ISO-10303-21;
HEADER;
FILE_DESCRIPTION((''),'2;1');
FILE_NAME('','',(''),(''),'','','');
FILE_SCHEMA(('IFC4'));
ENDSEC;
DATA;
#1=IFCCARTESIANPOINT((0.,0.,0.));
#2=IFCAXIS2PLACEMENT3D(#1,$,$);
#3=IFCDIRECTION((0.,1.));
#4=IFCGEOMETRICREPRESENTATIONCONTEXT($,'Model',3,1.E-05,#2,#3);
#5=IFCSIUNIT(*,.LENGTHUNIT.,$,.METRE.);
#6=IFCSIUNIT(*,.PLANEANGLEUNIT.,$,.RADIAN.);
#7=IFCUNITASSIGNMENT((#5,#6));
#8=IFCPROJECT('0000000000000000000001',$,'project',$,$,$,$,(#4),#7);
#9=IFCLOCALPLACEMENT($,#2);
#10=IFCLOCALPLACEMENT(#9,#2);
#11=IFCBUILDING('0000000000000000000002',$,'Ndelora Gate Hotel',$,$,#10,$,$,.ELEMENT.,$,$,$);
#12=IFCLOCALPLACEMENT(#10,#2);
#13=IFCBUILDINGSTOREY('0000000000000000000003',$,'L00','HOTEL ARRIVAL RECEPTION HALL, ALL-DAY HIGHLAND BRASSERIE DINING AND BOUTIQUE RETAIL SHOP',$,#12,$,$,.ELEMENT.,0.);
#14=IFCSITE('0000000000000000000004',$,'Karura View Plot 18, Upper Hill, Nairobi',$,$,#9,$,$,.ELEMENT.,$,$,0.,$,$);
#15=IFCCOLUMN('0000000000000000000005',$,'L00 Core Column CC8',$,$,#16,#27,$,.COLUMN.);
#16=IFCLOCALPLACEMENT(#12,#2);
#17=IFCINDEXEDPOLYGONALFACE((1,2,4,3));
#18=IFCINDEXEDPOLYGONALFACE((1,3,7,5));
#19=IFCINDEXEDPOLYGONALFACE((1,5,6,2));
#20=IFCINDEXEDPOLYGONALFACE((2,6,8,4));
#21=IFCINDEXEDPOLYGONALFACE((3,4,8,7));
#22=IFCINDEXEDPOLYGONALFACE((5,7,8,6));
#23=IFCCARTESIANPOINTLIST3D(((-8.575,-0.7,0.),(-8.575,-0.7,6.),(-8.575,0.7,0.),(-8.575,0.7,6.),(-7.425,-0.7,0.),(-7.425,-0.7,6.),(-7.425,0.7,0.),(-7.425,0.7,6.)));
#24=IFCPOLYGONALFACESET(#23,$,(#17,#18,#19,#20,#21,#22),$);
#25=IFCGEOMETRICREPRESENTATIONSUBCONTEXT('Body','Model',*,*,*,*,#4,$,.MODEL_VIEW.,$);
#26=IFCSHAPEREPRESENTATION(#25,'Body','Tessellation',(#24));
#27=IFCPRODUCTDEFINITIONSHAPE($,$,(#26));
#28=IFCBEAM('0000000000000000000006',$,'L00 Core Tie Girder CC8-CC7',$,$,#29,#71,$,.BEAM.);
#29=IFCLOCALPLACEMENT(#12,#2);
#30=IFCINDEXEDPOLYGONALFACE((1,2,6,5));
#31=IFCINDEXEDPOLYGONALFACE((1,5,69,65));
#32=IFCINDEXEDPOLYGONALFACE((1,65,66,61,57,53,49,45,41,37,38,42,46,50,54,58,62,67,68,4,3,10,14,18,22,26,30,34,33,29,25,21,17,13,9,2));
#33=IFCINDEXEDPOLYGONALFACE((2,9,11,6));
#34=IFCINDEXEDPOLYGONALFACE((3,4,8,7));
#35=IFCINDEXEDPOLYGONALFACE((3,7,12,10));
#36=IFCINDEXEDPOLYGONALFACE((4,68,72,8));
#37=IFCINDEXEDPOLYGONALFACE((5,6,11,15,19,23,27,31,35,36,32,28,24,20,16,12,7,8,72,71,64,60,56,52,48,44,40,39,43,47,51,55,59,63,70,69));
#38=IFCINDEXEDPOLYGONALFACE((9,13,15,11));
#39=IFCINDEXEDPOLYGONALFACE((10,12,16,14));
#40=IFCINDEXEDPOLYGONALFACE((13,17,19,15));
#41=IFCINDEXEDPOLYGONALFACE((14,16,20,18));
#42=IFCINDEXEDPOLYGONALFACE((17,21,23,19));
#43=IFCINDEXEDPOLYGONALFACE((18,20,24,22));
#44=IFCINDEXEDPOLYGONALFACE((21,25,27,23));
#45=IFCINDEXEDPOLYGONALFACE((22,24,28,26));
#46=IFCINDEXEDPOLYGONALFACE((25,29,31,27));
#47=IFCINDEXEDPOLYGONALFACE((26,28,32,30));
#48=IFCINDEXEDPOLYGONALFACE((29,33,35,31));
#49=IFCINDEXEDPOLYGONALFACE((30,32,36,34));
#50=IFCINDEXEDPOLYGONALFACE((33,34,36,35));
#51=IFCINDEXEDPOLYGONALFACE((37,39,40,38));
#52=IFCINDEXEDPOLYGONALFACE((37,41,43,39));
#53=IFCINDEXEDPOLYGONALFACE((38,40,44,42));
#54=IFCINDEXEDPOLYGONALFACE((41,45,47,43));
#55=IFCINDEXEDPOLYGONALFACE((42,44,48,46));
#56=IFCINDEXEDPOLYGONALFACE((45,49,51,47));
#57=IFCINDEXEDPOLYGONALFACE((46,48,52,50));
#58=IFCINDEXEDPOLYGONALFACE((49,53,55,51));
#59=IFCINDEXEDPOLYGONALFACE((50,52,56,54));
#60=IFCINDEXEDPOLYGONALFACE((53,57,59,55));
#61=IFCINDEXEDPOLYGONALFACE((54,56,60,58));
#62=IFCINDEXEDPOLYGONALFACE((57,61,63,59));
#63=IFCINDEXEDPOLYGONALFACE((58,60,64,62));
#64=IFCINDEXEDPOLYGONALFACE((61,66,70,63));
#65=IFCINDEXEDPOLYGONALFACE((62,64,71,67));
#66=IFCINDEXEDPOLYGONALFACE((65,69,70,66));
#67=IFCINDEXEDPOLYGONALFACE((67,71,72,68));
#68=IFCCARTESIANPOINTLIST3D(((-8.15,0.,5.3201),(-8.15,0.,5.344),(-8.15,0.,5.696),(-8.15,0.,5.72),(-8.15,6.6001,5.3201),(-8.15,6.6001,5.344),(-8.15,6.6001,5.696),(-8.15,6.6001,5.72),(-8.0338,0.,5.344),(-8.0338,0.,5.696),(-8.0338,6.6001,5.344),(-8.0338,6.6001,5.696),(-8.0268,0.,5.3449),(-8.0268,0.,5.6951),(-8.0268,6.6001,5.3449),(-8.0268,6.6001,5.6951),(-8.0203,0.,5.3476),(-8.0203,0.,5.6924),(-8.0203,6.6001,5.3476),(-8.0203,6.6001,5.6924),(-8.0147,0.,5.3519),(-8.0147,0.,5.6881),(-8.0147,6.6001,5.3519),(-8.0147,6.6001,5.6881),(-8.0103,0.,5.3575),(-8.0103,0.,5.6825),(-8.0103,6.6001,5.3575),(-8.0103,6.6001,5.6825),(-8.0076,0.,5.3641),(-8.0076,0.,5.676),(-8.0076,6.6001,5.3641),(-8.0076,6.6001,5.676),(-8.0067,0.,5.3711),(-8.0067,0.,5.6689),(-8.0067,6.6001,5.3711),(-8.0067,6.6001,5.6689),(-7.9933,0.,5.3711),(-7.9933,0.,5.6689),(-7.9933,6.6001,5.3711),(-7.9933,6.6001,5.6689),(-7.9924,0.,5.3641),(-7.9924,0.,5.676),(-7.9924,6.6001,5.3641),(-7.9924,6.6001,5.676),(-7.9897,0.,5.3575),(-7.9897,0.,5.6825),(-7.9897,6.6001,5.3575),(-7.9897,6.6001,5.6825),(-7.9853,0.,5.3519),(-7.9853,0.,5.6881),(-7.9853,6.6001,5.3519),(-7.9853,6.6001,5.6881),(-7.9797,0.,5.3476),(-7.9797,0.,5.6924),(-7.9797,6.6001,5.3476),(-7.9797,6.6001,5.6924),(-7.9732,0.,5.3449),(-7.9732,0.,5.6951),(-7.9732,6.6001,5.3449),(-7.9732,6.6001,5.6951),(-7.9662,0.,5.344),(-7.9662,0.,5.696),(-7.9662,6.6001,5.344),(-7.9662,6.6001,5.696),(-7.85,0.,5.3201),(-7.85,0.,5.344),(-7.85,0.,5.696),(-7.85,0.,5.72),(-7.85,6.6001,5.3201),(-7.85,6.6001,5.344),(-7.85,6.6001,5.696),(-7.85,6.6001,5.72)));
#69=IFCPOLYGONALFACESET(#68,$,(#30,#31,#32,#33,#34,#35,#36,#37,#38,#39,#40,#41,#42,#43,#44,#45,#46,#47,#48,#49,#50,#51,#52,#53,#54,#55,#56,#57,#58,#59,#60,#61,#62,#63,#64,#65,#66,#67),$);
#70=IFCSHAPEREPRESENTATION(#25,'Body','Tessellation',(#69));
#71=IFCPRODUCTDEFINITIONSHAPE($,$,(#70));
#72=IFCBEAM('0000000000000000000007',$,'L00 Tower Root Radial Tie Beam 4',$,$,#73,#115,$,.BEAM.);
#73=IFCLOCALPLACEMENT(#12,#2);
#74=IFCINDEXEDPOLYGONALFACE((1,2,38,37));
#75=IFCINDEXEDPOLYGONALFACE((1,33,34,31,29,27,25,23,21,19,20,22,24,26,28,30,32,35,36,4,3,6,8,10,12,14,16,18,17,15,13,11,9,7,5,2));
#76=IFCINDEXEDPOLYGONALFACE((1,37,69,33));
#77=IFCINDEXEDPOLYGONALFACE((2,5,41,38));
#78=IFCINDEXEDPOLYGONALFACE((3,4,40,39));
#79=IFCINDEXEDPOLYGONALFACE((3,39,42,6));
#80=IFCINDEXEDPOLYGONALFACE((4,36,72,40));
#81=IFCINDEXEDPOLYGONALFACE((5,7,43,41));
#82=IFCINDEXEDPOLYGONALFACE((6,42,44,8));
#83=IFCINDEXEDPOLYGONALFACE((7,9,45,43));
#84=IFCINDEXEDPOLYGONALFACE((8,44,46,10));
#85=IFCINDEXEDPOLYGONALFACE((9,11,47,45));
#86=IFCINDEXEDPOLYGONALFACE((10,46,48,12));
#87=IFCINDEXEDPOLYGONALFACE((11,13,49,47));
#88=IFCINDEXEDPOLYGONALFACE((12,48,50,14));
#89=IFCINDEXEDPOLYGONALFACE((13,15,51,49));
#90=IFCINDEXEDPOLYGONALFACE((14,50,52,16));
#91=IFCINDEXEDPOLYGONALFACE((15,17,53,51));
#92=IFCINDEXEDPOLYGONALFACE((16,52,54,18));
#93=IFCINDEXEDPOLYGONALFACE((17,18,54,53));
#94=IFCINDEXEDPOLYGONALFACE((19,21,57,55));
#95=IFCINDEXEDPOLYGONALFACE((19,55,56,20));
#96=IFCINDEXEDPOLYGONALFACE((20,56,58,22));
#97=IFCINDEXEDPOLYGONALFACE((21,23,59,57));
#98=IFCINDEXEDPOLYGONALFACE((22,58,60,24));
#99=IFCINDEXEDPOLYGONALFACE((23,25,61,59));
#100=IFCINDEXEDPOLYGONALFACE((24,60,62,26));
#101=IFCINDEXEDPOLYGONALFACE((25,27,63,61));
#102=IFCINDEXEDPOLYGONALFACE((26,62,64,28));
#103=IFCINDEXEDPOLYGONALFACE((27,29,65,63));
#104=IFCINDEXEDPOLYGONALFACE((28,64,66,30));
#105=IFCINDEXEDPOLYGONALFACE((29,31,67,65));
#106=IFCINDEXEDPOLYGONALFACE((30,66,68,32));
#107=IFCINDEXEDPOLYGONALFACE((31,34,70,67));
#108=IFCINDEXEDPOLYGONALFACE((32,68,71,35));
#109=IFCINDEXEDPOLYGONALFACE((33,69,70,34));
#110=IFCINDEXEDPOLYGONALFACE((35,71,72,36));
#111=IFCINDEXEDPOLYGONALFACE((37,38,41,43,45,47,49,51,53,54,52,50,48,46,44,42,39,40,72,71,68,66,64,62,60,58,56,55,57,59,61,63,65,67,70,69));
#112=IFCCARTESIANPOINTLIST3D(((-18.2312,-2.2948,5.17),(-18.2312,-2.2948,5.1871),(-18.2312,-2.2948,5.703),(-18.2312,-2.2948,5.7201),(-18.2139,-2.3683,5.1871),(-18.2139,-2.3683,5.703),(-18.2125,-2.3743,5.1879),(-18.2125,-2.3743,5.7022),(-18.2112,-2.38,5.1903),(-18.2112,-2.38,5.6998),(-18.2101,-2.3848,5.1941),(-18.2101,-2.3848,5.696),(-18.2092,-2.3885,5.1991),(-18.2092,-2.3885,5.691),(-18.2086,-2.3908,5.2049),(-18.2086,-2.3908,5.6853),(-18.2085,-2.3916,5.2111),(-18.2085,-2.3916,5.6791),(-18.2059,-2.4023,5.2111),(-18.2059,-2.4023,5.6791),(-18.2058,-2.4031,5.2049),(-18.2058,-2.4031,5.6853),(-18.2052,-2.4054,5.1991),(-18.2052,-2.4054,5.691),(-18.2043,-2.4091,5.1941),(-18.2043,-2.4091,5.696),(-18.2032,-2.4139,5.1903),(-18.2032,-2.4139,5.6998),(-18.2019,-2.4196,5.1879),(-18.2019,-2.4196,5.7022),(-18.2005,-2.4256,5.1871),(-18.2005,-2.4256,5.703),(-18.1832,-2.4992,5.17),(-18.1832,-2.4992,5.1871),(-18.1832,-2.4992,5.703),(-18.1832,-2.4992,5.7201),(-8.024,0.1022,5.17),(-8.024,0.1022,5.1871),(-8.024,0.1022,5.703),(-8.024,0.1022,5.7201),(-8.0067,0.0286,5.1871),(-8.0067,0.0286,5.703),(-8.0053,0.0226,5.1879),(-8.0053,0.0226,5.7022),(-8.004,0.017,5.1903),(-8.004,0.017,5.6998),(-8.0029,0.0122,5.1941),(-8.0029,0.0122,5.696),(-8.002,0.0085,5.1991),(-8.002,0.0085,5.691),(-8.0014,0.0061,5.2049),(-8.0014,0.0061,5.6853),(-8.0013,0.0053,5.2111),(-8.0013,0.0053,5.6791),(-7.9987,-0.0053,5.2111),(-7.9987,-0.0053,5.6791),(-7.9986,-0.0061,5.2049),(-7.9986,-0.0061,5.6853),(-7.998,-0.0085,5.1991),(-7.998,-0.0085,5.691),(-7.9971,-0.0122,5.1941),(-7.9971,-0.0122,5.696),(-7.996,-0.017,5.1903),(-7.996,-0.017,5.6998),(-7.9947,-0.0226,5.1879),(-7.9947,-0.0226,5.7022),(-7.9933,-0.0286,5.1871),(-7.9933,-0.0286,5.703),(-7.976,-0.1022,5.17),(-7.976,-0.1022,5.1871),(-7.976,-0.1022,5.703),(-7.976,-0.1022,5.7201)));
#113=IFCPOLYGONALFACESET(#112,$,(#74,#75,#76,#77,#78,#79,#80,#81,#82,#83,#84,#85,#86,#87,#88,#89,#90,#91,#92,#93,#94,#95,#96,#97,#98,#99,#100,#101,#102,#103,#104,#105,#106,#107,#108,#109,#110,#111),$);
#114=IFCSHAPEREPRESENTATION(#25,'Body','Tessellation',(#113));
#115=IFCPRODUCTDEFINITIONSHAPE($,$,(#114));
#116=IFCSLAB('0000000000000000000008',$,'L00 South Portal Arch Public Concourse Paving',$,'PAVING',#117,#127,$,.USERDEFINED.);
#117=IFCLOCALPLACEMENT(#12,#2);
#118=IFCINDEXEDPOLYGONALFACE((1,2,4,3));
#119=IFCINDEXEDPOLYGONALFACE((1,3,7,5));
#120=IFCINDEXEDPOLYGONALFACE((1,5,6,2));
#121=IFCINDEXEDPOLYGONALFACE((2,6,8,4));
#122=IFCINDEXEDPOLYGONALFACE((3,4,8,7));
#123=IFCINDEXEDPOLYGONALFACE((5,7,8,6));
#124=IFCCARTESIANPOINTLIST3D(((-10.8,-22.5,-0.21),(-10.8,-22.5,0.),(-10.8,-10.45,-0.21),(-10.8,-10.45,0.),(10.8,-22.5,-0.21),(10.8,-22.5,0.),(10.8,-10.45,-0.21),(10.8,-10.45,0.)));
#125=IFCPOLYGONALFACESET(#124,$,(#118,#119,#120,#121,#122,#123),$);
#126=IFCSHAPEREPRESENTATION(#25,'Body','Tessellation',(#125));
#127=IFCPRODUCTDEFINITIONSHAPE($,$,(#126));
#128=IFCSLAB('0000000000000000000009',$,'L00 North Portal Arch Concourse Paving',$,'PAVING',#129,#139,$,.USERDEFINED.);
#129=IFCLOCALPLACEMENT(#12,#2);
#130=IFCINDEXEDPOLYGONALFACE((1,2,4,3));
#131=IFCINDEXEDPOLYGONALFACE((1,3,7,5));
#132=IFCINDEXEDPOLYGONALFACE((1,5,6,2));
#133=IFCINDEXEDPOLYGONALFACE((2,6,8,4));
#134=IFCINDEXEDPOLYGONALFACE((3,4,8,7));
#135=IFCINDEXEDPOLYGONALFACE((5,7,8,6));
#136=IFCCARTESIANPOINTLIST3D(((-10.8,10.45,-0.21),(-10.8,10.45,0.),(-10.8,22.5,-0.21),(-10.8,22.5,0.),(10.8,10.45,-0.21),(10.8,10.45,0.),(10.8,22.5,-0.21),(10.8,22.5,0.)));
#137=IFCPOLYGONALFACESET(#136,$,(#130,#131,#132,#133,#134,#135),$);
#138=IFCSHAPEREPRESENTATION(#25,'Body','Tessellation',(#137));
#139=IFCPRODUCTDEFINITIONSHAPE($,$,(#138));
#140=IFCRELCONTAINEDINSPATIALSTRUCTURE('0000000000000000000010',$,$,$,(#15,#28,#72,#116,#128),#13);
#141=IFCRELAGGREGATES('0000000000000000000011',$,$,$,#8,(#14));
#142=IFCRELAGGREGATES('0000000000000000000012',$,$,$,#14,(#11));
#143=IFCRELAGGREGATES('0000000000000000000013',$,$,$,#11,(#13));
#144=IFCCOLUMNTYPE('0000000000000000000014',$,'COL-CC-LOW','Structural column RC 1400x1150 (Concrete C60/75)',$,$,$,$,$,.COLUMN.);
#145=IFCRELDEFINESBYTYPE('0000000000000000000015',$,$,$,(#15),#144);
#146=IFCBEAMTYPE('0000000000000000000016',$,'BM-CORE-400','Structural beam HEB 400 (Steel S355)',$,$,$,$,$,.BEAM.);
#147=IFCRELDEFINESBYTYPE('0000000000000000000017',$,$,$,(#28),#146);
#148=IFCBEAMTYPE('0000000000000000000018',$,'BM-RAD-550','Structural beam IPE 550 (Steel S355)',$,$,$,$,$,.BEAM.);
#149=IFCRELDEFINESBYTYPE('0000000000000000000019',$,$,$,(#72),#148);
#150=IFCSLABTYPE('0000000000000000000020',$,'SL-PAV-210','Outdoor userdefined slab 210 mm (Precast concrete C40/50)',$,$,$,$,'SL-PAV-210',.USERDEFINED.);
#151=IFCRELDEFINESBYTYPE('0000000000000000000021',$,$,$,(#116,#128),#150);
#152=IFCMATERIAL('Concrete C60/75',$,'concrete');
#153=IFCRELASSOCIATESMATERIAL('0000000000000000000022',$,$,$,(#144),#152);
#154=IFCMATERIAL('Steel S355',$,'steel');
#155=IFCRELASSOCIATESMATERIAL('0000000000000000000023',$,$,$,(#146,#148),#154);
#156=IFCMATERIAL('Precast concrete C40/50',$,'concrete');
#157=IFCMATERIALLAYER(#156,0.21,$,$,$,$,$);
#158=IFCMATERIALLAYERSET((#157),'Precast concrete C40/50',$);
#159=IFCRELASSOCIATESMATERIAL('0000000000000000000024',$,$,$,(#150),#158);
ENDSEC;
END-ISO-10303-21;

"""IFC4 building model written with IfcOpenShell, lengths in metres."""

from ifc_helpers import new_model, si_unit, direction, frame, origin, origin_2d, place, context, subcontext, project, spatial, polyline, rectangle, i_section, outline, extrude, material, layer, layer_set, material_profile, profile_set, type_object, element, save


model = new_model("IFC4")

# Units and contexts
model_context = context("Model", 3, precision=1e-05, world=origin(), true_north=direction((0.0, 1.0)))
body_context = subcontext(model_context, "Body", "Model", "MODEL_VIEW")
ifc_project = project(units=[si_unit("LENGTHUNIT", "METRE"), si_unit("PLANEANGLEUNIT", "RADIAN")], contexts=[model_context])

# Site, building, storey
site_placement = place(None, origin())
site = spatial("IfcSite", under=ifc_project, at=site_placement, Name="Karura View Plot 18, Upper Hill, Nairobi", CompositionType="ELEMENT", RefElevation=0.0)
building_placement = place(site_placement, origin())
building = spatial("IfcBuilding", under=site, at=building_placement, Name="Ndelora Gate Hotel", CompositionType="ELEMENT")
storey_placement = place(building_placement, origin())
storey = spatial("IfcBuildingStorey", under=building, at=storey_placement, Name="L00", Description="HOTEL ARRIVAL RECEPTION HALL, ALL-DAY HIGHLAND BRASSERIE DINING AND BOUTIQUE RETAIL SHOP", CompositionType="ELEMENT", Elevation=0.0)

# Column
ifc_material_1 = material(Name="Concrete C60/75", Category="concrete")
ifc_material_profile_1 = material_profile(ifc_material_1, rectangle(XDim=1.1499, YDim=1.3999, at=origin_2d()), Name="RC 1400x1150")
ifc_profile_set_1 = profile_set([ifc_material_profile_1], Name="Concrete C60/75")
column_type = type_object("IfcColumnType", Name="COL-CC-LOW", Description="Structural column RC 1400x1150 (Concrete C60/75)", PredefinedType="COLUMN", material=ifc_profile_set_1)
column_placement = place(storey_placement, frame((-8.0, 0.0, 0.0), z_axis=(0.0, 0.0, 1.0), x_axis=(1.0, 0.0, 0.0)))
element("IfcColumn", 1, at=column_placement, inside=storey, type_object=column_type, Name="L00 Core Column CC8", PredefinedType="COLUMN", context=body_context, shape_type="SweptSolid", body=[
    extrude(rectangle(XDim=1.1499, YDim=1.3999, at=origin_2d()), origin(), (0.0, 0.0, 1.0), 6.0),
])

# Beams
ifc_material_2 = material(Name="Steel S355", Category="steel")
ifc_material_profile_2 = material_profile(ifc_material_2, i_section(OverallWidth=0.3, OverallDepth=0.3999, WebThickness=0.0134, FlangeThickness=0.0239, FilletRadius=0.0271, at=origin_2d()), Name="HEB 400")
ifc_profile_set_2 = profile_set([ifc_material_profile_2], Name="Steel S355")
beam_type_1 = type_object("IfcBeamType", Name="BM-CORE-400", Description="Structural beam HEB 400 (Steel S355)", PredefinedType="BEAM", material=ifc_profile_set_2)
beam_1_placement = place(storey_placement, frame((-8.0, 0.0, 5.52), z_axis=(0.0, 1.0, 0.0), x_axis=(-1.0, 0.0, 0.0)))
element("IfcBeam", 2, at=beam_1_placement, inside=storey, type_object=beam_type_1, Name="L00 Core Tie Girder CC8-CC7", PredefinedType="BEAM", context=body_context, shape_type="SweptSolid", body=[
    extrude(i_section(OverallWidth=0.3, OverallDepth=0.3999, WebThickness=0.0134, FlangeThickness=0.0239, FilletRadius=0.0271, at=origin_2d()), origin(), (0.0, 0.0, 1.0), 6.6001),
])
ifc_material_profile_3 = material_profile(ifc_material_2, i_section(OverallWidth=0.21, OverallDepth=0.55, WebThickness=0.011, FlangeThickness=0.0171, FilletRadius=0.0239, at=origin_2d()), Name="IPE 550")
ifc_profile_set_3 = profile_set([ifc_material_profile_3], Name="Steel S355")
beam_type_2 = type_object("IfcBeamType", Name="BM-RAD-550", Description="Structural beam IPE 550 (Steel S355)", PredefinedType="BEAM", material=ifc_profile_set_3)
beam_2_placement = place(storey_placement, frame((-8.0, 0.0, 5.4451), z_axis=(-0.973518, -0.228611, 0.0), x_axis=(0.228611, -0.973518, 0.0)))
element("IfcBeam", 3, at=beam_2_placement, inside=storey, type_object=beam_type_2, Name="L00 Tower Root Radial Tie Beam 4", PredefinedType="BEAM", context=body_context, shape_type="SweptSolid", body=[
    extrude(i_section(OverallWidth=0.21, OverallDepth=0.55, WebThickness=0.011, FlangeThickness=0.0171, FilletRadius=0.0239, at=origin_2d()), origin(), (0.0, 0.0, 1.0), 10.4849),
])

# Slabs
ifc_material_3 = material(Name="Precast concrete C40/50", Category="concrete")
ifc_layer_1 = layer(ifc_material_3, 0.21)
ifc_layer_set_1 = layer_set([ifc_layer_1], Name="Precast concrete C40/50")
slab_type_1 = type_object("IfcSlabType", Name="SL-PAV-210", Description="Outdoor userdefined slab 210 mm (Precast concrete C40/50)", ElementType="SL-PAV-210", PredefinedType="USERDEFINED", material=ifc_layer_set_1)
slab_1_placement = place(storey_placement, frame((0.0, 0.0, -0.21)))
element("IfcSlab", 4, at=slab_1_placement, inside=storey, type_object=slab_type_1, Name="L00 South Portal Arch Public Concourse Paving", ObjectType="PAVING", PredefinedType="USERDEFINED", context=body_context, shape_type="SweptSolid", body=[
    extrude(outline(polyline([(-10.8, -22.5), (10.8, -22.5), (10.8, -10.45), (-10.8, -10.45), (-10.8, -22.5)])), origin(), (0.0, 0.0, 1.0), 0.21),
])
slab_2_placement = place(storey_placement, frame((0.0, 0.0, -0.21)))
element("IfcSlab", 5, at=slab_2_placement, inside=storey, type_object=slab_type_1, Name="L00 North Portal Arch Concourse Paving", ObjectType="PAVING", PredefinedType="USERDEFINED", context=body_context, shape_type="SweptSolid", body=[
    extrude(outline(polyline([(-10.8, 10.45), (10.8, 10.45), (10.8, 22.5), (-10.8, 22.5), (-10.8, 10.45)])), origin(), (0.0, 0.0, 1.0), 0.21),
])

save(model, "model.ifc")
